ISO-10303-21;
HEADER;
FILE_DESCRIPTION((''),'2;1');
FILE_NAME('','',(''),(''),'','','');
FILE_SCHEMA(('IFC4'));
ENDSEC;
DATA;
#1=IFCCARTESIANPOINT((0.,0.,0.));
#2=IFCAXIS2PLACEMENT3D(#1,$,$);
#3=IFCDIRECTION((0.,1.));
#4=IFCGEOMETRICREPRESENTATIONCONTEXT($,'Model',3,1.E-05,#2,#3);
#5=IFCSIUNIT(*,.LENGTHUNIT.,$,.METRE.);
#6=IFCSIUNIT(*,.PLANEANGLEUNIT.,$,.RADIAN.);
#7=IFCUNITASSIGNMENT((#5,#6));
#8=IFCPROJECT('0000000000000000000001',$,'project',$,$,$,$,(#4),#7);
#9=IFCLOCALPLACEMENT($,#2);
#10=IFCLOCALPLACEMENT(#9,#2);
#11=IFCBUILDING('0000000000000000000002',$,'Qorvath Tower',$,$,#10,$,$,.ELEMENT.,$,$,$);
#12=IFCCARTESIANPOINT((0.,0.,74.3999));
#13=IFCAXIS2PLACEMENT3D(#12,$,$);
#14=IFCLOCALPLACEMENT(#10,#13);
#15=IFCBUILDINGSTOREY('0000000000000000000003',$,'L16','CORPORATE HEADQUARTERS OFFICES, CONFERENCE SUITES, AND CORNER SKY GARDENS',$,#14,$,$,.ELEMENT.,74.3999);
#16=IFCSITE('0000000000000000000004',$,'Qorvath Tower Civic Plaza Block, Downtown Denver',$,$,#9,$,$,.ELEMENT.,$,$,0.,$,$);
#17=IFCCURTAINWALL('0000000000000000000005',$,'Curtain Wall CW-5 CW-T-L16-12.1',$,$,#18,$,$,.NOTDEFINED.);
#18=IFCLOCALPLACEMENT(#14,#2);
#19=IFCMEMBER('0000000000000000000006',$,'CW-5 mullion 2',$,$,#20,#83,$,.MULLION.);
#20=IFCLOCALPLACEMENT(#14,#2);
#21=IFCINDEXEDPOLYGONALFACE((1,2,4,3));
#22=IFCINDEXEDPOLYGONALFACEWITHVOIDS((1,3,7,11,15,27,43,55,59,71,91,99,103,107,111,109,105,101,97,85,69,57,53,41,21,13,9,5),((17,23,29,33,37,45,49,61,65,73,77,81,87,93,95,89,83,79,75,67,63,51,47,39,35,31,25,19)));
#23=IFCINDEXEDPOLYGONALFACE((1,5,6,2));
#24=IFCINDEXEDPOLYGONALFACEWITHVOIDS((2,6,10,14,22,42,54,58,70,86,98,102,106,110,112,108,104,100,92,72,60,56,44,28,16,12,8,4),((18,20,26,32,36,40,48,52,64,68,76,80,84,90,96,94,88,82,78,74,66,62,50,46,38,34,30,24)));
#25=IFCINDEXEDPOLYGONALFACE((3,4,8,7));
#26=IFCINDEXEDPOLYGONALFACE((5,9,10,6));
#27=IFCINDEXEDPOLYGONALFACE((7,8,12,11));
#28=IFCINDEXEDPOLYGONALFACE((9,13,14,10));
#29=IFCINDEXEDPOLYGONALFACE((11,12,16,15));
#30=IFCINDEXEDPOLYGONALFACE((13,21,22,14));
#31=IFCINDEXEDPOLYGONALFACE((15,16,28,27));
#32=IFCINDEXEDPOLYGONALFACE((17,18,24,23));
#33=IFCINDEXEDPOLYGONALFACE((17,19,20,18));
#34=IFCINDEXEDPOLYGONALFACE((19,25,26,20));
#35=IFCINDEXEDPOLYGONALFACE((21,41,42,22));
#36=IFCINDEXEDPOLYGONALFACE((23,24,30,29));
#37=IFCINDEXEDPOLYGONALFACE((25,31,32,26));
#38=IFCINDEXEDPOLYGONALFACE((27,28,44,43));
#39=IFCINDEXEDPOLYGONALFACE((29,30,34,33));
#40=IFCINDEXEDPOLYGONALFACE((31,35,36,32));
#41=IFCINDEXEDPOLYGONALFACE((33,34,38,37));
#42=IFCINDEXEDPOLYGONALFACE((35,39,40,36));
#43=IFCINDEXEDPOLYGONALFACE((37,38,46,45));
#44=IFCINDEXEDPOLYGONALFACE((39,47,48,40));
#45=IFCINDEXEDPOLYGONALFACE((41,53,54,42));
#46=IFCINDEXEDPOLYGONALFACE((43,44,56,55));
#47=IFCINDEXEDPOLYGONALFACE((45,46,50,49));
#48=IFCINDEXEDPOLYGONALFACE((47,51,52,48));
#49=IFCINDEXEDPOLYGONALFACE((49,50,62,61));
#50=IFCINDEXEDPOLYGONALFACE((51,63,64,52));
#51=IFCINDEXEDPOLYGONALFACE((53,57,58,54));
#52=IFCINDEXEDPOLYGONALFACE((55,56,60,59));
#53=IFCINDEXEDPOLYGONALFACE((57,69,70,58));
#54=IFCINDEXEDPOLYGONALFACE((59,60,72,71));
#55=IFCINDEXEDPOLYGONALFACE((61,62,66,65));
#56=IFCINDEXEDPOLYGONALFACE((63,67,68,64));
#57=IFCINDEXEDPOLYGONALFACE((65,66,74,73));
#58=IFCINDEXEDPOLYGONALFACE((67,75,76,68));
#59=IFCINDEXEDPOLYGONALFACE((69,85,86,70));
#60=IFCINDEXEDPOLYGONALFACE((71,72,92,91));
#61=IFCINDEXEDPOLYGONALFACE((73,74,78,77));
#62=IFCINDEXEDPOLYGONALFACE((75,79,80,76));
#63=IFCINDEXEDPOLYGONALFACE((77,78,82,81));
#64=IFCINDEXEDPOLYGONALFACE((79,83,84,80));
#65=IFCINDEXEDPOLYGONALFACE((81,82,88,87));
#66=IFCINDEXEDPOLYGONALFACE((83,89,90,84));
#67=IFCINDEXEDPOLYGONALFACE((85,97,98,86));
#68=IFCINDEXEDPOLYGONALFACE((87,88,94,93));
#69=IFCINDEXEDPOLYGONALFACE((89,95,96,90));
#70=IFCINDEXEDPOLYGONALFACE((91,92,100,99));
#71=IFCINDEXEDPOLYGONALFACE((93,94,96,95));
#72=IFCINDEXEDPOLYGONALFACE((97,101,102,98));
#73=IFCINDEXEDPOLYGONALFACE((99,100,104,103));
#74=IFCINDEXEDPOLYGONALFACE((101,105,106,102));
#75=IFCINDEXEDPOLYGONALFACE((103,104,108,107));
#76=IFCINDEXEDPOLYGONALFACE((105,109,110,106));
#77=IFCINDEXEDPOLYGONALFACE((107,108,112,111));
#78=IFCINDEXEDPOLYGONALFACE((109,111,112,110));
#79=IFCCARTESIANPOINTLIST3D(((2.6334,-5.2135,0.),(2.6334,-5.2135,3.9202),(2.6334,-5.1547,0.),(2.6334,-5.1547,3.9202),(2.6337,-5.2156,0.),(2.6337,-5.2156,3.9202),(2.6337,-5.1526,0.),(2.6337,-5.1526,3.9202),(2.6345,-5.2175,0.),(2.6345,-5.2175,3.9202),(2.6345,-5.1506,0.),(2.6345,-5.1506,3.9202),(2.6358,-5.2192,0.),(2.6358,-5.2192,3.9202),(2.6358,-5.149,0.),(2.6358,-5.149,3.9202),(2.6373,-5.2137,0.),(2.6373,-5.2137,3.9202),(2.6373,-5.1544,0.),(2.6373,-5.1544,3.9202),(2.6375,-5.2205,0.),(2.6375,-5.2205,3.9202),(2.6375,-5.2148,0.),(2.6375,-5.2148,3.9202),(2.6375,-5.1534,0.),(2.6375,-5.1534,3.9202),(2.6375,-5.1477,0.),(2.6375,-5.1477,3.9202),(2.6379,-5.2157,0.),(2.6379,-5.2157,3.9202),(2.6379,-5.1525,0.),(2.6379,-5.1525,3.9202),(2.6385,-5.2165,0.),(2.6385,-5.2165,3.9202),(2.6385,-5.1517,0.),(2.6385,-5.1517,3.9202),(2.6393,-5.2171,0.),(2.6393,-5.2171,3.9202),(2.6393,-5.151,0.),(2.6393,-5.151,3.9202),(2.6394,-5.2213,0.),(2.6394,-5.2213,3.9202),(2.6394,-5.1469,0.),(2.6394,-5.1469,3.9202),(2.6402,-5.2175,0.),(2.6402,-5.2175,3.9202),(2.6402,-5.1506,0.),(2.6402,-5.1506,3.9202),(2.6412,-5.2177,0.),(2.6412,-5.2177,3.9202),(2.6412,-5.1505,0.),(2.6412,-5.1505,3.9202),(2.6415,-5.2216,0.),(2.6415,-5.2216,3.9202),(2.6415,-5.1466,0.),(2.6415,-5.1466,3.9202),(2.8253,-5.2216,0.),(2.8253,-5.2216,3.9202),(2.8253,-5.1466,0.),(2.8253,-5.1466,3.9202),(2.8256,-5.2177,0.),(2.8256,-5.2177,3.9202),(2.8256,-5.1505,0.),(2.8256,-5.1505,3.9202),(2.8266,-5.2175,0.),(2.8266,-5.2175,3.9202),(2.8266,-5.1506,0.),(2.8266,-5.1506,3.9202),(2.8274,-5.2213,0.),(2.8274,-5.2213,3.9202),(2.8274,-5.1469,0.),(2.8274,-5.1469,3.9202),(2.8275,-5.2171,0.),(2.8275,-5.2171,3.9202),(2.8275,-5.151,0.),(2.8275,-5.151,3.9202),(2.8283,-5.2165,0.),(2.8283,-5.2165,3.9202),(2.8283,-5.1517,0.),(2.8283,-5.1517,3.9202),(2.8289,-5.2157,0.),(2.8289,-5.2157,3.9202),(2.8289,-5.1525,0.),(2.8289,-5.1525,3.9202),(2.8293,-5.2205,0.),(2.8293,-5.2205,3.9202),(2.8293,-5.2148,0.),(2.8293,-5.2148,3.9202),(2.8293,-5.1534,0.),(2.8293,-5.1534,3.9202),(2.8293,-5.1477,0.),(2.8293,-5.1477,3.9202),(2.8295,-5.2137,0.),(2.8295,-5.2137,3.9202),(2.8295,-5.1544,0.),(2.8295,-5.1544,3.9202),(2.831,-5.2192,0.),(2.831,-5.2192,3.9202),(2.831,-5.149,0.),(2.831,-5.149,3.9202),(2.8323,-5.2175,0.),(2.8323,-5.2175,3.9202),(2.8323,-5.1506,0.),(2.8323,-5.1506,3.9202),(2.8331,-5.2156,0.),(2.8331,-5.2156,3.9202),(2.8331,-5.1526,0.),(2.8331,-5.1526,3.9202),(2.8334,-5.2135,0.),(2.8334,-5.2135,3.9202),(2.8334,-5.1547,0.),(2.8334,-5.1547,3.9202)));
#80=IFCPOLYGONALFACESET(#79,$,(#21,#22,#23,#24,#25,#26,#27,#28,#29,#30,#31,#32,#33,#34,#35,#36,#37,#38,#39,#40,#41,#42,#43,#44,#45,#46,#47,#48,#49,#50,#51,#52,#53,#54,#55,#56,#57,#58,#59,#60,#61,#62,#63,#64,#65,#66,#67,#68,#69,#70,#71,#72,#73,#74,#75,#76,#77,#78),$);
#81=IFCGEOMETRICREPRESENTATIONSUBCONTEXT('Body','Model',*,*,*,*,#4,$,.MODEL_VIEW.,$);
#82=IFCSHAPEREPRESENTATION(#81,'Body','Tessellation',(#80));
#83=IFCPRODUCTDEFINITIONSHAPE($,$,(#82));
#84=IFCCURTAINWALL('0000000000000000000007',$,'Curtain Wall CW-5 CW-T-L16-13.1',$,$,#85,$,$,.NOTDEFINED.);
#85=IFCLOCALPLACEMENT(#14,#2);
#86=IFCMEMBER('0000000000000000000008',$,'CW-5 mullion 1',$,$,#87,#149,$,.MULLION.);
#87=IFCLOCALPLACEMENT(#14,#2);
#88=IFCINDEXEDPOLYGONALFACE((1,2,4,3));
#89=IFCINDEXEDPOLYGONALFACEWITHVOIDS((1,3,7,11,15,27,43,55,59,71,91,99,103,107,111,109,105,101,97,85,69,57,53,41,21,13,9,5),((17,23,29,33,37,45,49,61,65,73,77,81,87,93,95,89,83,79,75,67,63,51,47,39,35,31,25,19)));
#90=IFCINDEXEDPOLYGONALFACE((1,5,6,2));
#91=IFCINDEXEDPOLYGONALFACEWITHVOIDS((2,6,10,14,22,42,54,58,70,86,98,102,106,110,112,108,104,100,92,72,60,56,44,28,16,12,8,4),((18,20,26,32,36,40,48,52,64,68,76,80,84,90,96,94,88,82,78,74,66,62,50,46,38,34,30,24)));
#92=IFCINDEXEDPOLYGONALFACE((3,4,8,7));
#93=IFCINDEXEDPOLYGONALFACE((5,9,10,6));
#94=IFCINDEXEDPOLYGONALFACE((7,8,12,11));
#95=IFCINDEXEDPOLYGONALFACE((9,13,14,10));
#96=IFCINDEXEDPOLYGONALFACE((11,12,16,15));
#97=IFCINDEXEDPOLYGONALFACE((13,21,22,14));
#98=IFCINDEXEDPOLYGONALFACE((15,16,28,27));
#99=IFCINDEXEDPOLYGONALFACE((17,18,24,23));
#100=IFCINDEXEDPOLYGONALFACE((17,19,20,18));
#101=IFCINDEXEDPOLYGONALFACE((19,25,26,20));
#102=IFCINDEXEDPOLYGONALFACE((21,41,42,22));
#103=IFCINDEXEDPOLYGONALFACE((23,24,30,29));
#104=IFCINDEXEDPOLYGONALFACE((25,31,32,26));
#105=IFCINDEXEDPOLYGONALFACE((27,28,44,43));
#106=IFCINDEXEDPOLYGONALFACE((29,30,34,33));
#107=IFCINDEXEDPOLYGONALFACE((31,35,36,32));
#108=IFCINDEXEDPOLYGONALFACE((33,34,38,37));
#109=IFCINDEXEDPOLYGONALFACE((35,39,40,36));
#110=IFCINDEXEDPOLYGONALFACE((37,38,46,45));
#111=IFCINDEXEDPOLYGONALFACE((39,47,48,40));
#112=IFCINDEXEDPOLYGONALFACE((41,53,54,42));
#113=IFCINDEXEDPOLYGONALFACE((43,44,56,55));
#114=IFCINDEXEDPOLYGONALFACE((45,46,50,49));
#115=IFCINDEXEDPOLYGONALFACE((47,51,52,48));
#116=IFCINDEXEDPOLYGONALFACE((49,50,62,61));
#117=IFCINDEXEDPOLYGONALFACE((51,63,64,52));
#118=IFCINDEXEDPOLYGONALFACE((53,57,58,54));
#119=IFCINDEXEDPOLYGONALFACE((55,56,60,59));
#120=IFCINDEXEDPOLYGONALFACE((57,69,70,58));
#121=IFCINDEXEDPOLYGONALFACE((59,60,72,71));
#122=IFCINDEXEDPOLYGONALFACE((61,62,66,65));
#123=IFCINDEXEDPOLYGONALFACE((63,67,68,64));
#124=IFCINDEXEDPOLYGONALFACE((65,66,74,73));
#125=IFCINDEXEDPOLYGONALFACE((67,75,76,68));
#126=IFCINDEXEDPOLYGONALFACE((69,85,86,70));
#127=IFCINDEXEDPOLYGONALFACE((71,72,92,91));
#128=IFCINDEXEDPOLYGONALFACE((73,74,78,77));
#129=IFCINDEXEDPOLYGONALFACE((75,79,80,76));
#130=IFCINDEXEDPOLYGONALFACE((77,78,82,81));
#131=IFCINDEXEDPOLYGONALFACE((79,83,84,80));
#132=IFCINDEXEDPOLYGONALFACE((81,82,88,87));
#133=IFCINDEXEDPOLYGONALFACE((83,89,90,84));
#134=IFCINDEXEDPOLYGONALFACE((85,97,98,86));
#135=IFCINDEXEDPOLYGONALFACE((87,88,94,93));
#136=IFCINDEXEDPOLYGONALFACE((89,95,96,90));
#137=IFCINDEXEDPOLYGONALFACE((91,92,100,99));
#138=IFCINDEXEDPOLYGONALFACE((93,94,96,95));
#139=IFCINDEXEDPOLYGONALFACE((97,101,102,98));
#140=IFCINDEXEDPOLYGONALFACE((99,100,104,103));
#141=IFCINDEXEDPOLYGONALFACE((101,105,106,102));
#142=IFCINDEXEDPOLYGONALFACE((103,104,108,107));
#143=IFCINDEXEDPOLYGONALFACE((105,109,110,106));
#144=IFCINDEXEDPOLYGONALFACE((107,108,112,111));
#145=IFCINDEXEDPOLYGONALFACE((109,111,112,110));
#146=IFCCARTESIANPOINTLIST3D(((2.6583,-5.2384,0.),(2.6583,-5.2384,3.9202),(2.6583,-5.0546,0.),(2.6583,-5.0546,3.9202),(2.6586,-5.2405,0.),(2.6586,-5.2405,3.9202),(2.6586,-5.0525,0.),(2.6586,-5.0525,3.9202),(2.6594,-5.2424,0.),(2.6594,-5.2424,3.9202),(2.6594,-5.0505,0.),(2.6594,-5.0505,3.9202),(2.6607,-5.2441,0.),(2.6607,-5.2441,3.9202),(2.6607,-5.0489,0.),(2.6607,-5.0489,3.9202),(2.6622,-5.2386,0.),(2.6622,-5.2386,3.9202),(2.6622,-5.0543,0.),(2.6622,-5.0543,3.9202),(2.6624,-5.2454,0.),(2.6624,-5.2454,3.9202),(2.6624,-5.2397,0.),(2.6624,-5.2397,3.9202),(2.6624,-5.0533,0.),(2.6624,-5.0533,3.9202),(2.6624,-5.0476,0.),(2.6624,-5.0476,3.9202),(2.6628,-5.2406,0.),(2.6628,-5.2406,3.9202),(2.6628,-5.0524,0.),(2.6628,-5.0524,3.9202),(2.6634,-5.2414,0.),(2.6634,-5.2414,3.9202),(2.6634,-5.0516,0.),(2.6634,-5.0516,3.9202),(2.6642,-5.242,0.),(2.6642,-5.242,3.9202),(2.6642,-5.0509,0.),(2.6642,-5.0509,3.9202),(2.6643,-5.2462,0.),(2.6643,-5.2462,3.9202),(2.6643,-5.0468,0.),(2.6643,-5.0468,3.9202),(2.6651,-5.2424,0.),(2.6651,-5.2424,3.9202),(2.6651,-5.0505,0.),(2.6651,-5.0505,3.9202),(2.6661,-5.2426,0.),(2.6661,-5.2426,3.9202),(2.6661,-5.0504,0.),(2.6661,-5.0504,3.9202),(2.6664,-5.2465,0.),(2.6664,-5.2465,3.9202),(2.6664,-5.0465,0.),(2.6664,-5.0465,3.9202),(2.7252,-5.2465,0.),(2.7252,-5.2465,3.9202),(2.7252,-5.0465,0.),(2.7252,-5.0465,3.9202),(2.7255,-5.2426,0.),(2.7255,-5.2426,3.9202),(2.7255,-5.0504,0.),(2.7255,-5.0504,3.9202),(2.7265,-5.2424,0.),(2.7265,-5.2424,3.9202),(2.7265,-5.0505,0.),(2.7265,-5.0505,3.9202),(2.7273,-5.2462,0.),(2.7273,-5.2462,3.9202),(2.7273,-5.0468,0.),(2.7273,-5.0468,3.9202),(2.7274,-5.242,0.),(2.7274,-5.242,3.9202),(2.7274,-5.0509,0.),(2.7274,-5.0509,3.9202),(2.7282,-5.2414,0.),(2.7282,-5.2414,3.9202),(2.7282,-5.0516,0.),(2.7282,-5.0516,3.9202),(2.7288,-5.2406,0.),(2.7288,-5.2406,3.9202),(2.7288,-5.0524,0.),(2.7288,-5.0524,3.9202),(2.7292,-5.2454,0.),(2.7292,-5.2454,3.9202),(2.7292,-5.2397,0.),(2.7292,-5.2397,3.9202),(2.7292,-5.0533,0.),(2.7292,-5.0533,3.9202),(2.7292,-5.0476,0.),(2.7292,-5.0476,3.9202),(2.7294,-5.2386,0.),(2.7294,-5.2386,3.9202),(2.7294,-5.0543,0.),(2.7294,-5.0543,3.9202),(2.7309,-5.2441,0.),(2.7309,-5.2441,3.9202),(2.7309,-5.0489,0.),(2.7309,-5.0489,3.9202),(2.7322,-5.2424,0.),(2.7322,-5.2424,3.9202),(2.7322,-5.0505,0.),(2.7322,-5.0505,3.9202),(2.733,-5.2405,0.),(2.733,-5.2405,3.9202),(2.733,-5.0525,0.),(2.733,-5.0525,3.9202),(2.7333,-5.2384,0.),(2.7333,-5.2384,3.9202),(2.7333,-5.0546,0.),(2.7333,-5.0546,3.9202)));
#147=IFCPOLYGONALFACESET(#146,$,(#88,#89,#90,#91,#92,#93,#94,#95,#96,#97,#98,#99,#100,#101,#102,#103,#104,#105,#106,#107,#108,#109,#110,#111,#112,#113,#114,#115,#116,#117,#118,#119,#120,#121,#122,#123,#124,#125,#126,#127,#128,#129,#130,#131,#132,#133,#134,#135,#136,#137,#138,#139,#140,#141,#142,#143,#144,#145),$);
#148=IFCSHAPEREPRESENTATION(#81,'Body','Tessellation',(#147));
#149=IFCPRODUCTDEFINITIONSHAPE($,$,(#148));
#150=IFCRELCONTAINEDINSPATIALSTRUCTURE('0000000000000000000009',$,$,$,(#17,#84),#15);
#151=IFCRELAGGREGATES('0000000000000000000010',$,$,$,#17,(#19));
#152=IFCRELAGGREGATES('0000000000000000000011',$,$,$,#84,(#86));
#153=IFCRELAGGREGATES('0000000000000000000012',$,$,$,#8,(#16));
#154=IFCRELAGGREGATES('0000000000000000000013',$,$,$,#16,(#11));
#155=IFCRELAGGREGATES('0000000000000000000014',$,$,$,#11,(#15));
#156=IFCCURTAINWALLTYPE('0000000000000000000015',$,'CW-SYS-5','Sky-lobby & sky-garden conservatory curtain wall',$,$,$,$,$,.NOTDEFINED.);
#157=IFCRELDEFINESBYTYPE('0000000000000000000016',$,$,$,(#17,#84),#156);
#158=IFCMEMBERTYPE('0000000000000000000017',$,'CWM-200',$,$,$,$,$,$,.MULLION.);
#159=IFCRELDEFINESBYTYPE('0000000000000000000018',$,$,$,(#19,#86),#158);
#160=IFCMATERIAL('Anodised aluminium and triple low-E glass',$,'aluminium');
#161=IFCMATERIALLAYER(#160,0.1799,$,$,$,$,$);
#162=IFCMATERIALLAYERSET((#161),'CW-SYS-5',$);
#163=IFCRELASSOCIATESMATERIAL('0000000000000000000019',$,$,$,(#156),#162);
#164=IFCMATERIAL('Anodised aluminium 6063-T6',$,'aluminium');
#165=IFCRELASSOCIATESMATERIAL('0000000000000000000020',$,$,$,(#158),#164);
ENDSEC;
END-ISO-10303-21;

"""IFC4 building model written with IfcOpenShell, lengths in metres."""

from ifc_helpers import new_model, si_unit, direction, frame, origin, origin_2d, place, context, subcontext, project, spatial, hollow_rectangle, extrude, material, layer, layer_set, material_profile, profile_set, type_object, element, aggregate, save


model = new_model("IFC4")

# Units and contexts
model_context = context("Model", 3, precision=1e-05, world=origin(), true_north=direction((0.0, 1.0)))
body_context = subcontext(model_context, "Body", "Model", "MODEL_VIEW")
ifc_project = project(units=[si_unit("LENGTHUNIT", "METRE"), si_unit("PLANEANGLEUNIT", "RADIAN")], contexts=[model_context])

# Site, building, storey
site_placement = place(None, origin())
site = spatial("IfcSite", under=ifc_project, at=site_placement, Name="Qorvath Tower Civic Plaza Block, Downtown Denver", CompositionType="ELEMENT", RefElevation=0.0)
building_placement = place(site_placement, origin())
building = spatial("IfcBuilding", under=site, at=building_placement, Name="Qorvath Tower", CompositionType="ELEMENT")
storey_placement = place(building_placement, frame((0.0, 0.0, 74.3999)))
storey = spatial("IfcBuildingStorey", under=building, at=storey_placement, Name="L16", Description="CORPORATE HEADQUARTERS OFFICES, CONFERENCE SUITES, AND CORNER SKY GARDENS", CompositionType="ELEMENT", Elevation=74.3999)

# Shared definitions
ifc_material_1 = material(Name="Anodised aluminium and triple low-E glass", Category="aluminium")
ifc_layer_1 = layer(ifc_material_1, 0.1799)
ifc_layer_set_1 = layer_set([ifc_layer_1], Name="CW-SYS-5")
curtain_wall_type = type_object("IfcCurtainWallType", Name="CW-SYS-5", Description="Sky-lobby & sky-garden conservatory curtain wall", PredefinedType="NOTDEFINED", material=ifc_layer_set_1)
ifc_material_2 = material(Name="Anodised aluminium 6063-T6", Category="aluminium")
ifc_material_profile_1 = material_profile(ifc_material_2, hollow_rectangle(XDim=0.075, YDim=0.2, WallThickness=0.0039, InnerFilletRadius=0.0039, OuterFilletRadius=0.0081, at=origin_2d()), Name="CWM 200x75")
ifc_profile_set_1 = profile_set([ifc_material_profile_1], Name="Anodised aluminium 6063-T6")
member_type_1 = type_object("IfcMemberType", Name="CWM-200", PredefinedType="MULLION", material=ifc_profile_set_1)

# Curtain wall, member
curtain_wall_1_placement = place(storey_placement, origin())
curtain_wall_1 = element("IfcCurtainWall", 1, at=curtain_wall_1_placement, inside=storey, type_object=curtain_wall_type, Name="Curtain Wall CW-5 CW-T-L16-12.1", PredefinedType="NOTDEFINED")
member_1_placement = place(storey_placement, frame((2.7334, -5.1841, 0.0), z_axis=(0.0, 0.0, 1.0), x_axis=(0.0, -1.0, 0.0)))
member_1 = element("IfcMember", 2, at=member_1_placement, type_object=member_type_1, Name="CW-5 mullion 2", PredefinedType="MULLION", context=body_context, shape_type="SweptSolid", body=[
    extrude(hollow_rectangle(XDim=0.075, YDim=0.2, WallThickness=0.0039, InnerFilletRadius=0.0039, OuterFilletRadius=0.0081, at=origin_2d()), origin(), (0.0, 0.0, 1.0), 3.9202),
])

# Curtain wall, member
curtain_wall_2_placement = place(storey_placement, origin())
curtain_wall_2 = element("IfcCurtainWall", 3, at=curtain_wall_2_placement, inside=storey, type_object=curtain_wall_type, Name="Curtain Wall CW-5 CW-T-L16-13.1", PredefinedType="NOTDEFINED")
member_2_placement = place(storey_placement, frame((2.6958, -5.1465, 0.0), z_axis=(0.0, 0.0, 1.0), x_axis=(-1.0, 0.0, 0.0)))
member_2 = element("IfcMember", 4, at=member_2_placement, type_object=member_type_1, Name="CW-5 mullion 1", PredefinedType="MULLION", context=body_context, shape_type="SweptSolid", body=[
    extrude(hollow_rectangle(XDim=0.075, YDim=0.2, WallThickness=0.0039, InnerFilletRadius=0.0039, OuterFilletRadius=0.0081, at=origin_2d()), origin(), (0.0, 0.0, 1.0), 3.9202),
])

aggregate(curtain_wall_1, [member_1])
aggregate(curtain_wall_2, [member_2])

save(model, "model.ifc")
